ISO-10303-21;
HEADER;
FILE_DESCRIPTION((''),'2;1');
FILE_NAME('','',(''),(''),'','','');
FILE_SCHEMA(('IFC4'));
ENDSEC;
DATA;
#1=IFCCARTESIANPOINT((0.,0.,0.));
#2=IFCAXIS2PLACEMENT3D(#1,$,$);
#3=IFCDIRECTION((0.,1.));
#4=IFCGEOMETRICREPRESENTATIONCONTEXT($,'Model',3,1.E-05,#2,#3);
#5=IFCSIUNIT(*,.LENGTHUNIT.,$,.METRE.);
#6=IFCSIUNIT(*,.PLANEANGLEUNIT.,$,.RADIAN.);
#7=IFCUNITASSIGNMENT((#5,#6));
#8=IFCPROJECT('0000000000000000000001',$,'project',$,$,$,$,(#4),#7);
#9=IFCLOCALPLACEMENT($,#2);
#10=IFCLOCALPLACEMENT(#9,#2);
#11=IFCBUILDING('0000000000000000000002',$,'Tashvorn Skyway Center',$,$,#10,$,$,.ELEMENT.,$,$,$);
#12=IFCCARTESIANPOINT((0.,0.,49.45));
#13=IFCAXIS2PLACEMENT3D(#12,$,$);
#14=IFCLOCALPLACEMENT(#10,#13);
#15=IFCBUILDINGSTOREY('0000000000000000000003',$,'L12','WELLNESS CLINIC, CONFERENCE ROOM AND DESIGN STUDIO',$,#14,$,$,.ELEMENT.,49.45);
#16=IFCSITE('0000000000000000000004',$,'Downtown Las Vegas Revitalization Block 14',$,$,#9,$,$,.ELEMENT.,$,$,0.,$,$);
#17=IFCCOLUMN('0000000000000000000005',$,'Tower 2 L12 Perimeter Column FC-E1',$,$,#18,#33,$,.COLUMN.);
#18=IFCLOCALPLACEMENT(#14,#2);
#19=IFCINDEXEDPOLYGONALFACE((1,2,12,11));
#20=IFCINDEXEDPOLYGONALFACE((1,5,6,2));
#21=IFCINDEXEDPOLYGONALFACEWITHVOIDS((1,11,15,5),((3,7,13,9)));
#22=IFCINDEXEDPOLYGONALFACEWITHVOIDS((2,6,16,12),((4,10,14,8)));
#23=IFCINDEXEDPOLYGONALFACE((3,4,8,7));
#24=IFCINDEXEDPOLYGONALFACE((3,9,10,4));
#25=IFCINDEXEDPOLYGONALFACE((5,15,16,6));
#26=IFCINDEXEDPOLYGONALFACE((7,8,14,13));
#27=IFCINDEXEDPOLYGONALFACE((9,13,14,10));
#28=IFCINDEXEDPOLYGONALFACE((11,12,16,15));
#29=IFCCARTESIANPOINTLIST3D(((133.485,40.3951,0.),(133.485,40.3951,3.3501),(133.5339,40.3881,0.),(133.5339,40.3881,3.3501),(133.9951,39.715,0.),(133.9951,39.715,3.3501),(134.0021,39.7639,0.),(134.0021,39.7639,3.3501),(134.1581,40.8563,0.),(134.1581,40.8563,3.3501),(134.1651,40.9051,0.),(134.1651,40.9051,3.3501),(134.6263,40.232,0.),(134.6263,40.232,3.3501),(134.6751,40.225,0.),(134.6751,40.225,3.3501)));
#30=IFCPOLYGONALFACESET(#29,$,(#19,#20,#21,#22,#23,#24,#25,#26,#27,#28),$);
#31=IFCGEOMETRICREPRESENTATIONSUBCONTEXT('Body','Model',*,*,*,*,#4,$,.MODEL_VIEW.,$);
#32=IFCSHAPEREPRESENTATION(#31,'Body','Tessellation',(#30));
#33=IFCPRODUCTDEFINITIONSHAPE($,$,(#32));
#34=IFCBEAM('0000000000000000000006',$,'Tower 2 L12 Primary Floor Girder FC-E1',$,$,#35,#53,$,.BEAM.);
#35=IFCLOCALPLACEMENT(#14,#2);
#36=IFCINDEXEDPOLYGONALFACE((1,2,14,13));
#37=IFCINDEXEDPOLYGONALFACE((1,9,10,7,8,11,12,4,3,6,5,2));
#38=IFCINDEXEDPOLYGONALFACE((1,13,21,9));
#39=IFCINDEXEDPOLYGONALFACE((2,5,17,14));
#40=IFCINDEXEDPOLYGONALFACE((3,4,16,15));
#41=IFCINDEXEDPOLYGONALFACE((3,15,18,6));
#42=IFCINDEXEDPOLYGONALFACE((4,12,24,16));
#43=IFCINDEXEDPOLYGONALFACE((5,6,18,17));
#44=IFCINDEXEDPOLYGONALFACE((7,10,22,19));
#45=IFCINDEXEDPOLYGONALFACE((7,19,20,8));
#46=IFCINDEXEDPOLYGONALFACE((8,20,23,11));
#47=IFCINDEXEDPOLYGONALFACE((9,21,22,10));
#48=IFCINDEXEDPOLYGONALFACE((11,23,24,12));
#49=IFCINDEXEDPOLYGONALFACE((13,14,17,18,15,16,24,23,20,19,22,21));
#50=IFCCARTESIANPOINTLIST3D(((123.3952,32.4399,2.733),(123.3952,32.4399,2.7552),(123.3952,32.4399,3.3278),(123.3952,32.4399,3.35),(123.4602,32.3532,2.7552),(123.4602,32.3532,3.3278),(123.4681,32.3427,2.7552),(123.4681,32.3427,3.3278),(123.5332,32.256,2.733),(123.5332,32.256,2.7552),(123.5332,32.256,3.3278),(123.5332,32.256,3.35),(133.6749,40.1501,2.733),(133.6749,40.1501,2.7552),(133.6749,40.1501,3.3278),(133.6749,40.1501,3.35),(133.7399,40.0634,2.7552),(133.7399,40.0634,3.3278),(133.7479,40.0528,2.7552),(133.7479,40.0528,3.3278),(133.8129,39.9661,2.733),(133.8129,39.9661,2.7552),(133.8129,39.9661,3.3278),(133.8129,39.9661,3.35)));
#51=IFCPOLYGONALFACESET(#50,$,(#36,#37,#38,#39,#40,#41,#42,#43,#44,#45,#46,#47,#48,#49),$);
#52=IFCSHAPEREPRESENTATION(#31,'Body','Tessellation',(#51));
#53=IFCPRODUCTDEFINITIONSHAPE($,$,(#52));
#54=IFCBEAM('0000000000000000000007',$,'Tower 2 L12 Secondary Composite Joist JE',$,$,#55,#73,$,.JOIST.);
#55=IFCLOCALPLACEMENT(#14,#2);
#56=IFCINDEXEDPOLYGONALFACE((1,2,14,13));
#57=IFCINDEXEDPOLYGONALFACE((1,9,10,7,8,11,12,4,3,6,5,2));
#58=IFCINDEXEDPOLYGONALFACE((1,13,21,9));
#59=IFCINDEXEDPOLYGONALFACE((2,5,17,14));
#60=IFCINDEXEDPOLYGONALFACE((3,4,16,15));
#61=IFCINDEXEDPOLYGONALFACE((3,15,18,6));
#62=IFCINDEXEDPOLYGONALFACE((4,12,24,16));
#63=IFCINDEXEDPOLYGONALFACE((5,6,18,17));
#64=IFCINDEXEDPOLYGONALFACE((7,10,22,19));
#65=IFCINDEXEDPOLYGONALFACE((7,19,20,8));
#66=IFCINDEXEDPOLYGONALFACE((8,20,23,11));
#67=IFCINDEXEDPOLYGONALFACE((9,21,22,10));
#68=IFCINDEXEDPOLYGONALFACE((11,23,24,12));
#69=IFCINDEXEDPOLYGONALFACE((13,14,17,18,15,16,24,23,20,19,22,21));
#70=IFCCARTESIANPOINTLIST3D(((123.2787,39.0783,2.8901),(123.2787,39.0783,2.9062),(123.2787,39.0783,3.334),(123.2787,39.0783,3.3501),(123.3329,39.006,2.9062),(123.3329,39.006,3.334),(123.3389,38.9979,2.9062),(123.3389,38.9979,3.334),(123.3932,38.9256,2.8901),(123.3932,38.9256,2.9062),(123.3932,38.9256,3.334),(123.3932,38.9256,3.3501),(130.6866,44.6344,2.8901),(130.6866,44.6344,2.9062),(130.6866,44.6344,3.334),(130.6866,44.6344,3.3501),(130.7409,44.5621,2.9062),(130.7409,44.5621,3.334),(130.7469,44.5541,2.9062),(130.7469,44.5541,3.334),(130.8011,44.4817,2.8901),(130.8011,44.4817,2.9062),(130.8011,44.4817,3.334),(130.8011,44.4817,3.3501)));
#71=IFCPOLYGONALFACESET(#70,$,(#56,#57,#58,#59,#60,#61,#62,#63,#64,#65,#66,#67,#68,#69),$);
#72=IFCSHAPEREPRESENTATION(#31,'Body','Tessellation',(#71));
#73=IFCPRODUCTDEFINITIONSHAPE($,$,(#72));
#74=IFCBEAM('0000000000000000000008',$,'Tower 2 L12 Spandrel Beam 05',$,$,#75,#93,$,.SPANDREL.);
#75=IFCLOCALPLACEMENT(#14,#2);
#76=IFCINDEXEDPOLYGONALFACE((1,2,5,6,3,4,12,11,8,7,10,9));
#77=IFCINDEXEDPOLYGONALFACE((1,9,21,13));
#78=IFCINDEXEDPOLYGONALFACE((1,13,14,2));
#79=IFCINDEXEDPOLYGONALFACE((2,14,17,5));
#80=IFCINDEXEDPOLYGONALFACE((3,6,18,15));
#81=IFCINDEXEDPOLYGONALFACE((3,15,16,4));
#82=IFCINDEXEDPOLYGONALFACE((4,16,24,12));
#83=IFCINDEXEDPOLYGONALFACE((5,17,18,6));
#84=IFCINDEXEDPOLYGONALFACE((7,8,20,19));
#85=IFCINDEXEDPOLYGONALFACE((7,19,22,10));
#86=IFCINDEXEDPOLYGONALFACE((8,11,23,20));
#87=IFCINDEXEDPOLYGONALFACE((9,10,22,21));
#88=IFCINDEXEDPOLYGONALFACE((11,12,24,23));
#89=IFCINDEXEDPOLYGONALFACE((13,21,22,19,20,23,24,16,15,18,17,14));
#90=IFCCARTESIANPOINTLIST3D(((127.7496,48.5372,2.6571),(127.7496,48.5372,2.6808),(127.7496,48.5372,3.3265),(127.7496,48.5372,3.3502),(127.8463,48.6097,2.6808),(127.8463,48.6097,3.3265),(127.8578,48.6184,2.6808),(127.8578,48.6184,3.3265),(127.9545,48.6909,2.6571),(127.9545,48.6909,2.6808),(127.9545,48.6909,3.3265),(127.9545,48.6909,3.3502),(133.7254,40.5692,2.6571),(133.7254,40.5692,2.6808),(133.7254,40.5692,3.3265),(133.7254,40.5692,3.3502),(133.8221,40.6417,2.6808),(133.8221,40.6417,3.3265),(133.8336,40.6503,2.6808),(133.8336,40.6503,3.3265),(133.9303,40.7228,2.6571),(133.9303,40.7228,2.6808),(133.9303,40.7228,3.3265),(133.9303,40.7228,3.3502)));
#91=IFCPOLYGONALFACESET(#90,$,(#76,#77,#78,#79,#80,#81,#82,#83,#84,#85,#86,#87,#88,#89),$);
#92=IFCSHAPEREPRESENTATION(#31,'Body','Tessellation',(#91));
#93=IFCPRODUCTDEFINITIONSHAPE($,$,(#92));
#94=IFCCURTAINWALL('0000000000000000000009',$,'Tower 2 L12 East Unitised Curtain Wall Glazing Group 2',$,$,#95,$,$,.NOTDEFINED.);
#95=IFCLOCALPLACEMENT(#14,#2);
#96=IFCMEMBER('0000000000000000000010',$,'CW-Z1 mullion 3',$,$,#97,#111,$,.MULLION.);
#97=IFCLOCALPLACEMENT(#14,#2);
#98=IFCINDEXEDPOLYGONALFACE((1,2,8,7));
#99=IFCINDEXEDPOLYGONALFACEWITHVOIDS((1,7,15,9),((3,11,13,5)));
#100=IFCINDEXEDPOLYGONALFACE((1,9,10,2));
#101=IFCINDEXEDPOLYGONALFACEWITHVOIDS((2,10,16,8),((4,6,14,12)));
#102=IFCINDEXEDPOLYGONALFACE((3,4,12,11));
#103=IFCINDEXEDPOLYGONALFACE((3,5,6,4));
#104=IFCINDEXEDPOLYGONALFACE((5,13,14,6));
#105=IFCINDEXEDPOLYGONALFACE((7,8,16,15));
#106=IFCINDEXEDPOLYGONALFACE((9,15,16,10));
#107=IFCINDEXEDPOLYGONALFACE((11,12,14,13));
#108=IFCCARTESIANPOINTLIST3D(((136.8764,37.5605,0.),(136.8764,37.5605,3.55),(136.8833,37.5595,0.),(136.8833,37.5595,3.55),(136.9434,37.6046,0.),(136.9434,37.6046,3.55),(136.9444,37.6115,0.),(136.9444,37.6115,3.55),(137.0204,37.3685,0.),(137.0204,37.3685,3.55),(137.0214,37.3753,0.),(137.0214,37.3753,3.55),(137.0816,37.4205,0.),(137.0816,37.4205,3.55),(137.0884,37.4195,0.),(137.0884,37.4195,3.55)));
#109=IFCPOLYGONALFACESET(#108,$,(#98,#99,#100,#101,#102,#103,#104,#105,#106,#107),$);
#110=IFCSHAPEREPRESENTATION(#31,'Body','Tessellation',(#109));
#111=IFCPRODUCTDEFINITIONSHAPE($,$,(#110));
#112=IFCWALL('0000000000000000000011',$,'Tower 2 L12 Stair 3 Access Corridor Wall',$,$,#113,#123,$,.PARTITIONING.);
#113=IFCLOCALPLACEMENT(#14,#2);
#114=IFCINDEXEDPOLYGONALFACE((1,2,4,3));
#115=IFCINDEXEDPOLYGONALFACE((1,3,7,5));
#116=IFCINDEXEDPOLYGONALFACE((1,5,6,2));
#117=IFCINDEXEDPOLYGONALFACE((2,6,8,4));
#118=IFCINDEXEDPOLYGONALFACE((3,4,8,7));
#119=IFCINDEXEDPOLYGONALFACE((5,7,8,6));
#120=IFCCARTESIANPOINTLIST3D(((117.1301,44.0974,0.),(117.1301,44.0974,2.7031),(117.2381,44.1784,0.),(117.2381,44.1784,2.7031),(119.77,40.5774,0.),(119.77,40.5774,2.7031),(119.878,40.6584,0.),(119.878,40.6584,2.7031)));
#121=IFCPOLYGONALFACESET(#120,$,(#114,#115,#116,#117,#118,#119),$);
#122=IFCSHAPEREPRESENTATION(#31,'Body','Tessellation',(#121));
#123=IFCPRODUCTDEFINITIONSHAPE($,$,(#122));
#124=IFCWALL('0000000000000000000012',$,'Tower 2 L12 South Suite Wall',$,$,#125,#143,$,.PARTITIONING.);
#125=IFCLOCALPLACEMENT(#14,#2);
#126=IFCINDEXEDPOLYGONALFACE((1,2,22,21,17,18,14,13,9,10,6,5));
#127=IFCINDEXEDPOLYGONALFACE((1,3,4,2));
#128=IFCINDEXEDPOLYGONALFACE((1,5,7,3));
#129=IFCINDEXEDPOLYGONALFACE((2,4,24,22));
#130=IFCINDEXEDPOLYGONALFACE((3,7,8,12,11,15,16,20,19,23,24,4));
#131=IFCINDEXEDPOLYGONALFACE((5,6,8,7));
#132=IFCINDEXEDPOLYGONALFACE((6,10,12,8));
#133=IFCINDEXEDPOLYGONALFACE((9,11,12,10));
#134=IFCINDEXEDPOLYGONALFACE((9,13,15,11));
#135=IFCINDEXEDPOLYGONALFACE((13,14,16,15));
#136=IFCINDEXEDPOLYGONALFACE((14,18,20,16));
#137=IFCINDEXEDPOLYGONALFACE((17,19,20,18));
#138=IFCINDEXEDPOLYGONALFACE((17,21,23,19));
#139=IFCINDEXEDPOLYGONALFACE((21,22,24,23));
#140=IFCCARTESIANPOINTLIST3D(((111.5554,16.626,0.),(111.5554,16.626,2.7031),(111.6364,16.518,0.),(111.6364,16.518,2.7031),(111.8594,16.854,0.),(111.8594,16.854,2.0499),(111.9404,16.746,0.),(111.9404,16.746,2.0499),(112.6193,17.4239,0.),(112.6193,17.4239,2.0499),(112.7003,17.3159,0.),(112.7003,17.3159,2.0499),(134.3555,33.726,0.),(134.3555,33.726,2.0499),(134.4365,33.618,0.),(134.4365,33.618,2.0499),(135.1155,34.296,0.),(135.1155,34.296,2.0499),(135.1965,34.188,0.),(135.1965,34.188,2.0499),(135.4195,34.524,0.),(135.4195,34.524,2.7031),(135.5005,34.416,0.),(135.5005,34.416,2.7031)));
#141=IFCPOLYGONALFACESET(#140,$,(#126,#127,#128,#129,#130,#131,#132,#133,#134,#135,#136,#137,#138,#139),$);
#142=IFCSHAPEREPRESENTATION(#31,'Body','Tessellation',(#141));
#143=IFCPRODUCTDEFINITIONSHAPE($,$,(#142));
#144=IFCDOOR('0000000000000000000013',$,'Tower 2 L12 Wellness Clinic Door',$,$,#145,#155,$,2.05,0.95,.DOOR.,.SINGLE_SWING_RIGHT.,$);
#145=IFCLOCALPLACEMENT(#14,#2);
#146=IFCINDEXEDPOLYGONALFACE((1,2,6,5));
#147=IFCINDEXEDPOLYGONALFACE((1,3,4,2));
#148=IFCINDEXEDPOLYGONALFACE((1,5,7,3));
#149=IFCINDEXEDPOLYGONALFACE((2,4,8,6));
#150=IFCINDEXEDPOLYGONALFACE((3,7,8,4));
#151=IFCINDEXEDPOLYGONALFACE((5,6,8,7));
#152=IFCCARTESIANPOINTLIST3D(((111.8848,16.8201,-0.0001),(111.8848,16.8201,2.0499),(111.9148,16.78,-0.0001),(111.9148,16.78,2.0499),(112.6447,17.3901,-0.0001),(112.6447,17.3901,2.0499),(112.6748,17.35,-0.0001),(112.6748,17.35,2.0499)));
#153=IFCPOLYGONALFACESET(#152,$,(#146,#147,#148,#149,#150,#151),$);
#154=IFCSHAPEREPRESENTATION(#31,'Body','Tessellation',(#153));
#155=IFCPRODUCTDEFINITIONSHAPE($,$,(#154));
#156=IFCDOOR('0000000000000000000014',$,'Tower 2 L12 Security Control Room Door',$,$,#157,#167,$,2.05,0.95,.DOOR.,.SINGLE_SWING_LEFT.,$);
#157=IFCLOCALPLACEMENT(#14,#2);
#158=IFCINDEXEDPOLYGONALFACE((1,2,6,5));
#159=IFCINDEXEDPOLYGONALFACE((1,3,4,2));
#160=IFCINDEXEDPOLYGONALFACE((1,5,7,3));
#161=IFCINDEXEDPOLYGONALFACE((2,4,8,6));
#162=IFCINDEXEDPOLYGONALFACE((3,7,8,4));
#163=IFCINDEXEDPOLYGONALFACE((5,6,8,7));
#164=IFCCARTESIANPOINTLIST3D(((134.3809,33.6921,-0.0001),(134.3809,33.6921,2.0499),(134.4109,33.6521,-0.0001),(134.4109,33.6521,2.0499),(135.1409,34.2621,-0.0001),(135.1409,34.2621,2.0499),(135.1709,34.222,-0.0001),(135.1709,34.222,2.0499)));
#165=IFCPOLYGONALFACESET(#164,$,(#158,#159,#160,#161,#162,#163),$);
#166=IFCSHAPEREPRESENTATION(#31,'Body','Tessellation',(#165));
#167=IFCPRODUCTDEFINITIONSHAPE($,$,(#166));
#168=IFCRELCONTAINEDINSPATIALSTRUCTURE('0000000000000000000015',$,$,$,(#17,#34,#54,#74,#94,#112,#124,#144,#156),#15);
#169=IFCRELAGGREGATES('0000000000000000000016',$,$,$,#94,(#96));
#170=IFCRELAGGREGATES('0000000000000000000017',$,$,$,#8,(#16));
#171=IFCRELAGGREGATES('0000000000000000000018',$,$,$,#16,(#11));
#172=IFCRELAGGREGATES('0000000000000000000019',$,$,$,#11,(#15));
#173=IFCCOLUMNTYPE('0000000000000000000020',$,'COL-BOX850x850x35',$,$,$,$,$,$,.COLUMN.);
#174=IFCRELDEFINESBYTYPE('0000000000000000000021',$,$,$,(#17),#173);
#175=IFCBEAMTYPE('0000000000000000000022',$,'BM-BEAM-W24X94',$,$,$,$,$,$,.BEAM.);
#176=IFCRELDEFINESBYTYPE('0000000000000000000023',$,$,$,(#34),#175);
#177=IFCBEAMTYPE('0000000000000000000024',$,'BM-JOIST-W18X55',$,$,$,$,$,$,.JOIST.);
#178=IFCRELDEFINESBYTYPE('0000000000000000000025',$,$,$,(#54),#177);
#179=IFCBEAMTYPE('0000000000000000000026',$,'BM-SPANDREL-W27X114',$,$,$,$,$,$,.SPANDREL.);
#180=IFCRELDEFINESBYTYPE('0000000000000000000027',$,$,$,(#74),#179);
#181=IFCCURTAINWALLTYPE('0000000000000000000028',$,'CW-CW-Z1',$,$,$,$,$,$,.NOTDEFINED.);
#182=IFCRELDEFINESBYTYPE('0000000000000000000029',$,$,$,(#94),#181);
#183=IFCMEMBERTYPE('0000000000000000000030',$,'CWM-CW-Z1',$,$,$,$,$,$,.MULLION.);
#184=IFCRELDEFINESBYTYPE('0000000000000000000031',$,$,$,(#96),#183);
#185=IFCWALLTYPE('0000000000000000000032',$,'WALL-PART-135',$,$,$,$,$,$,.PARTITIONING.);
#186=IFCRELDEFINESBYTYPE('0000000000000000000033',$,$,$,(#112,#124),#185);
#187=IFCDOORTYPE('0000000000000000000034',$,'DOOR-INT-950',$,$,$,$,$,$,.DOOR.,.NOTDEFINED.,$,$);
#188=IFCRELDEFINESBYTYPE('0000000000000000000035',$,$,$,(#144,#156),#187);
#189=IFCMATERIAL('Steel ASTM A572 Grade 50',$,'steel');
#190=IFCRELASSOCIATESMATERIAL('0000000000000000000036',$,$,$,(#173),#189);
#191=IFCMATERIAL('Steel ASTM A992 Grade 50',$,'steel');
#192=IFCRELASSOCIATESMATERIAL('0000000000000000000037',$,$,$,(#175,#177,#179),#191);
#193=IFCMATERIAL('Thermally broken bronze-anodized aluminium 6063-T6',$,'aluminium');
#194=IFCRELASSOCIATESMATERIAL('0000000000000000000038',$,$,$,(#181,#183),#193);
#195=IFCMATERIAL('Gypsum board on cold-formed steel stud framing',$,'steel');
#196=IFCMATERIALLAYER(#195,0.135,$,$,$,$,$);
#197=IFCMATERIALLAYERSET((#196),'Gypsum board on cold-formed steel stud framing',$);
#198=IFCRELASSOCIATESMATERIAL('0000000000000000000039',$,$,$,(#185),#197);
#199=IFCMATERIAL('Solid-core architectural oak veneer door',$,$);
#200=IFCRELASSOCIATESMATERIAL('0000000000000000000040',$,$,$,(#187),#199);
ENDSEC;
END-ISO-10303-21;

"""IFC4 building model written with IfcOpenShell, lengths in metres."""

from ifc_helpers import new_model, si_unit, direction, frame, frame_2d, origin, origin_2d, place, context, subcontext, project, spatial, rectangle, hollow_rectangle, i_section, extrude, material, layer, layer_set, material_profile, profile_set, type_object, element, fill, aggregate, save


model = new_model("IFC4")

# Units and contexts
model_context = context("Model", 3, precision=1e-05, world=origin(), true_north=direction((0.0, 1.0)))
body_context = subcontext(model_context, "Body", "Model", "MODEL_VIEW")
ifc_project = project(units=[si_unit("LENGTHUNIT", "METRE"), si_unit("PLANEANGLEUNIT", "RADIAN")], contexts=[model_context])

# Site, building, storey
site_placement = place(None, origin())
site = spatial("IfcSite", under=ifc_project, at=site_placement, Name="Downtown Las Vegas Revitalization Block 14", CompositionType="ELEMENT", RefElevation=0.0)
building_placement = place(site_placement, origin())
building = spatial("IfcBuilding", under=site, at=building_placement, Name="Tashvorn Skyway Center", CompositionType="ELEMENT")
storey_placement = place(building_placement, frame((0.0, 0.0, 49.45)))
storey = spatial("IfcBuildingStorey", under=building, at=storey_placement, Name="L12", Description="WELLNESS CLINIC, CONFERENCE ROOM AND DESIGN STUDIO", CompositionType="ELEMENT", Elevation=49.45)

# Column
ifc_material_1 = material(Name="Steel ASTM A572 Grade 50", Category="steel")
ifc_material_profile_1 = material_profile(ifc_material_1, hollow_rectangle(XDim=0.8501, YDim=0.8501, WallThickness=0.0349, at=origin_2d()), Name="BOX850x850x35")
ifc_profile_set_1 = profile_set([ifc_material_profile_1], Name="Steel ASTM A572 Grade 50")
column_type = type_object("IfcColumnType", Name="COL-BOX850x850x35", PredefinedType="COLUMN", material=ifc_profile_set_1)
column_placement = place(storey_placement, frame((134.0801, 40.3101, 0.0), z_axis=(0.0, 0.0, 1.0), x_axis=(0.8, 0.6, 0.0)))
element("IfcColumn", 1, at=column_placement, inside=storey, type_object=column_type, Name="Tower 2 L12 Perimeter Column FC-E1", PredefinedType="COLUMN", context=body_context, shape_type="SweptSolid", body=[
    extrude(hollow_rectangle(XDim=0.8501, YDim=0.8501, WallThickness=0.0349, at=origin_2d()), origin(), (0.0, 0.0, 1.0), 3.3501),
])

# Beams
ifc_material_2 = material(Name="Steel ASTM A992 Grade 50", Category="steel")
ifc_material_profile_2 = material_profile(ifc_material_2, i_section(OverallWidth=0.23, OverallDepth=0.6169, WebThickness=0.0132, FlangeThickness=0.0222, at=origin_2d()), Name="W24X94")
ifc_profile_set_2 = profile_set([ifc_material_profile_2], Name="Steel ASTM A992 Grade 50")
beam_type_1 = type_object("IfcBeamType", Name="BM-BEAM-W24X94", PredefinedType="BEAM", material=ifc_profile_set_2)
beam_1_placement = place(storey_placement, frame((133.7439, 40.0581, 3.0415), z_axis=(-0.799986, -0.600018, 0.0), x_axis=(0.600018, -0.799986, 0.0)))
element("IfcBeam", 2, at=beam_1_placement, inside=storey, type_object=beam_type_1, Name="Tower 2 L12 Primary Floor Girder FC-E1", PredefinedType="BEAM", context=body_context, shape_type="SweptSolid", body=[
    extrude(i_section(OverallWidth=0.23, OverallDepth=0.6169, WebThickness=0.0132, FlangeThickness=0.0222, at=origin_2d()), origin(), (0.0, 0.0, 1.0), 12.8499),
])
ifc_material_profile_3 = material_profile(ifc_material_2, i_section(OverallWidth=0.1909, OverallDepth=0.46, WebThickness=0.01, FlangeThickness=0.0161, at=origin_2d()), Name="W18X55")
ifc_profile_set_3 = profile_set([ifc_material_profile_3], Name="Steel ASTM A992 Grade 50")
beam_type_2 = type_object("IfcBeamType", Name="BM-JOIST-W18X55", PredefinedType="JOIST", material=ifc_profile_set_3)
beam_2_placement = place(storey_placement, frame((123.3359, 39.002, 3.1201), z_axis=(0.799991, 0.600013, 0.0), x_axis=(-0.600013, 0.799991, 0.0)))
element("IfcBeam", 3, at=beam_2_placement, inside=storey, type_object=beam_type_2, Name="Tower 2 L12 Secondary Composite Joist JE", PredefinedType="JOIST", context=body_context, shape_type="SweptSolid", body=[
    extrude(i_section(OverallWidth=0.1909, OverallDepth=0.46, WebThickness=0.01, FlangeThickness=0.0161, at=origin_2d()), origin(), (0.0, 0.0, 1.0), 9.26),
])
ifc_material_profile_4 = material_profile(ifc_material_2, i_section(OverallWidth=0.2561, OverallDepth=0.6931, WebThickness=0.0144, FlangeThickness=0.0237, at=origin_2d()), Name="W27X114")
ifc_profile_set_4 = profile_set([ifc_material_profile_4], Name="Steel ASTM A992 Grade 50")
beam_type_3 = type_object("IfcBeamType", Name="BM-SPANDREL-W27X114", PredefinedType="SPANDREL", material=ifc_profile_set_4)
beam_3_placement = place(storey_placement, frame((133.8279, 40.646, 3.0037), z_axis=(-0.599988, 0.800009, 0.0), x_axis=(-0.800009, -0.599988, 0.0)))
element("IfcBeam", 4, at=beam_3_placement, inside=storey, type_object=beam_type_3, Name="Tower 2 L12 Spandrel Beam 05", PredefinedType="SPANDREL", context=body_context, shape_type="SweptSolid", body=[
    extrude(i_section(OverallWidth=0.2561, OverallDepth=0.6931, WebThickness=0.0144, FlangeThickness=0.0237, at=origin_2d()), origin(), (0.0, 0.0, 1.0), 9.96),
])

# Curtain wall, member
ifc_material_3 = material(Name="Thermally broken bronze-anodized aluminium 6063-T6", Category="aluminium")
curtain_wall_type = type_object("IfcCurtainWallType", Name="CW-CW-Z1", PredefinedType="NOTDEFINED", material=ifc_material_3)
curtain_wall_placement = place(storey_placement, origin())
curtain_wall = element("IfcCurtainWall", 5, at=curtain_wall_placement, inside=storey, type_object=curtain_wall_type, Name="Tower 2 L12 East Unitised Curtain Wall Glazing Group 2", PredefinedType="NOTDEFINED")
ifc_material_profile_5 = material_profile(ifc_material_3, hollow_rectangle(XDim=0.085, YDim=0.24, WallThickness=0.0049, at=origin_2d()), Name="ALU-MULL-85x240")
ifc_profile_set_5 = profile_set([ifc_material_profile_5], Name="Thermally broken bronze-anodized aluminium 6063-T6")
member_type = type_object("IfcMemberType", Name="CWM-CW-Z1", PredefinedType="MULLION", material=ifc_profile_set_5)
member_placement = place(storey_placement, frame((136.9824, 37.49, 0.0), z_axis=(0.0, 0.0, 1.0), x_axis=(0.8, 0.6, 0.0)))
member = element("IfcMember", 6, at=member_placement, type_object=member_type, Name="CW-Z1 mullion 3", PredefinedType="MULLION", context=body_context, shape_type="SweptSolid", body=[
    extrude(hollow_rectangle(XDim=0.085, YDim=0.24, WallThickness=0.0049, at=origin_2d()), origin(), (0.0, 0.0, 1.0), 3.55),
])
aggregate(curtain_wall, [member])

# Wall
ifc_material_4 = material(Name="Gypsum board on cold-formed steel stud framing", Category="steel")
ifc_layer_1 = layer(ifc_material_4, 0.135)
ifc_layer_set_1 = layer_set([ifc_layer_1], Name="Gypsum board on cold-formed steel stud framing")
wall_type_1 = type_object("IfcWallType", Name="WALL-PART-135", PredefinedType="PARTITIONING", material=ifc_layer_set_1)
wall_1_placement = place(storey_placement, frame((119.824, 40.6179, 0.0), z_axis=(0.0, 0.0, 1.0), x_axis=(-0.599982, 0.800013, 0.0)))
element("IfcWall", 7, at=wall_1_placement, inside=storey, type_object=wall_type_1, Name="Tower 2 L12 Stair 3 Access Corridor Wall", PredefinedType="PARTITIONING", context=body_context, shape_type="SweptSolid", body=[
    extrude(rectangle(XDim=4.3999, YDim=0.135, at=frame_2d((2.2, 0.0))), origin(), (0.0, 0.0, 1.0), 2.7031),
])

# Wall, openings, doors
wall_2_placement = place(storey_placement, frame((135.46, 34.47, 0.0), z_axis=(0.0, 0.0, 1.0), x_axis=(-0.800001, -0.599999, 0.0)))
wall_2 = element("IfcWall", 8, at=wall_2_placement, inside=storey, type_object=wall_type_1, Name="Tower 2 L12 South Suite Wall", PredefinedType="PARTITIONING", context=body_context, shape_type="SweptSolid", body=[
    extrude(rectangle(XDim=29.8301, YDim=0.135, at=frame_2d((14.915, 0.0))), origin(), (0.0, 0.0, 1.0), 2.7031),
])
opening_1_placement = place(wall_2_placement, frame((28.5, 0.0, 0.0)))
opening_1 = element("IfcOpeningElement", 9, at=opening_1_placement, cuts=wall_2, PredefinedType="OPENING", context=body_context, shape_type="SweptSolid", body=[
    extrude(rectangle(XDim=0.95, YDim=2.05, at=frame_2d((0.4751, 1.0249))), frame((0.0, 0.0774, 0.0), z_axis=(0.0, -1.0, 0.0), x_axis=(1.0, 0.0, 0.0)), (0.0, 0.0, 1.0), 0.155),
])
opening_2_placement = place(wall_2_placement, frame((0.3799, 0.0, 0.0)))
opening_2 = element("IfcOpeningElement", 10, at=opening_2_placement, cuts=wall_2, PredefinedType="OPENING", context=body_context, shape_type="SweptSolid", body=[
    extrude(rectangle(XDim=0.95, YDim=2.05, at=frame_2d((0.4751, 1.0249))), frame((0.0, 0.0774, 0.0), z_axis=(0.0, -1.0, 0.0), x_axis=(1.0, 0.0, 0.0)), (0.0, 0.0, 1.0), 0.155),
])
ifc_material_5 = material(Name="Solid-core architectural oak veneer door")
door_type_1 = type_object("IfcDoorType", Name="DOOR-INT-950", OperationType="NOTDEFINED", PredefinedType="DOOR", material=ifc_material_5)
door_1_placement = place(opening_1_placement, origin())
door_1 = element("IfcDoor", 11, at=door_1_placement, inside=storey, type_object=door_type_1, Name="Tower 2 L12 Wellness Clinic Door", OperationType="SINGLE_SWING_RIGHT", OverallHeight=2.05, OverallWidth=0.95, PredefinedType="DOOR", context=body_context, shape_type="SweptSolid", body=[
    extrude(rectangle(XDim=0.95, YDim=2.05, at=frame_2d((0.4751, 1.0249))), frame((0.0, 0.0249, 0.0), z_axis=(0.0, -1.0, 0.0), x_axis=(1.0, 0.0, 0.0)), (0.0, 0.0, 1.0), 0.05),
])
fill(opening_1, door_1)
door_2_placement = place(opening_2_placement, origin())
door_2 = element("IfcDoor", 12, at=door_2_placement, inside=storey, type_object=door_type_1, Name="Tower 2 L12 Security Control Room Door", OperationType="SINGLE_SWING_LEFT", OverallHeight=2.05, OverallWidth=0.95, PredefinedType="DOOR", context=body_context, shape_type="SweptSolid", body=[
    extrude(rectangle(XDim=0.95, YDim=2.05, at=frame_2d((0.4751, 1.0249))), frame((0.0, 0.0249, 0.0), z_axis=(0.0, -1.0, 0.0), x_axis=(1.0, 0.0, 0.0)), (0.0, 0.0, 1.0), 0.05),
])
fill(opening_2, door_2)

save(model, "model.ifc")
